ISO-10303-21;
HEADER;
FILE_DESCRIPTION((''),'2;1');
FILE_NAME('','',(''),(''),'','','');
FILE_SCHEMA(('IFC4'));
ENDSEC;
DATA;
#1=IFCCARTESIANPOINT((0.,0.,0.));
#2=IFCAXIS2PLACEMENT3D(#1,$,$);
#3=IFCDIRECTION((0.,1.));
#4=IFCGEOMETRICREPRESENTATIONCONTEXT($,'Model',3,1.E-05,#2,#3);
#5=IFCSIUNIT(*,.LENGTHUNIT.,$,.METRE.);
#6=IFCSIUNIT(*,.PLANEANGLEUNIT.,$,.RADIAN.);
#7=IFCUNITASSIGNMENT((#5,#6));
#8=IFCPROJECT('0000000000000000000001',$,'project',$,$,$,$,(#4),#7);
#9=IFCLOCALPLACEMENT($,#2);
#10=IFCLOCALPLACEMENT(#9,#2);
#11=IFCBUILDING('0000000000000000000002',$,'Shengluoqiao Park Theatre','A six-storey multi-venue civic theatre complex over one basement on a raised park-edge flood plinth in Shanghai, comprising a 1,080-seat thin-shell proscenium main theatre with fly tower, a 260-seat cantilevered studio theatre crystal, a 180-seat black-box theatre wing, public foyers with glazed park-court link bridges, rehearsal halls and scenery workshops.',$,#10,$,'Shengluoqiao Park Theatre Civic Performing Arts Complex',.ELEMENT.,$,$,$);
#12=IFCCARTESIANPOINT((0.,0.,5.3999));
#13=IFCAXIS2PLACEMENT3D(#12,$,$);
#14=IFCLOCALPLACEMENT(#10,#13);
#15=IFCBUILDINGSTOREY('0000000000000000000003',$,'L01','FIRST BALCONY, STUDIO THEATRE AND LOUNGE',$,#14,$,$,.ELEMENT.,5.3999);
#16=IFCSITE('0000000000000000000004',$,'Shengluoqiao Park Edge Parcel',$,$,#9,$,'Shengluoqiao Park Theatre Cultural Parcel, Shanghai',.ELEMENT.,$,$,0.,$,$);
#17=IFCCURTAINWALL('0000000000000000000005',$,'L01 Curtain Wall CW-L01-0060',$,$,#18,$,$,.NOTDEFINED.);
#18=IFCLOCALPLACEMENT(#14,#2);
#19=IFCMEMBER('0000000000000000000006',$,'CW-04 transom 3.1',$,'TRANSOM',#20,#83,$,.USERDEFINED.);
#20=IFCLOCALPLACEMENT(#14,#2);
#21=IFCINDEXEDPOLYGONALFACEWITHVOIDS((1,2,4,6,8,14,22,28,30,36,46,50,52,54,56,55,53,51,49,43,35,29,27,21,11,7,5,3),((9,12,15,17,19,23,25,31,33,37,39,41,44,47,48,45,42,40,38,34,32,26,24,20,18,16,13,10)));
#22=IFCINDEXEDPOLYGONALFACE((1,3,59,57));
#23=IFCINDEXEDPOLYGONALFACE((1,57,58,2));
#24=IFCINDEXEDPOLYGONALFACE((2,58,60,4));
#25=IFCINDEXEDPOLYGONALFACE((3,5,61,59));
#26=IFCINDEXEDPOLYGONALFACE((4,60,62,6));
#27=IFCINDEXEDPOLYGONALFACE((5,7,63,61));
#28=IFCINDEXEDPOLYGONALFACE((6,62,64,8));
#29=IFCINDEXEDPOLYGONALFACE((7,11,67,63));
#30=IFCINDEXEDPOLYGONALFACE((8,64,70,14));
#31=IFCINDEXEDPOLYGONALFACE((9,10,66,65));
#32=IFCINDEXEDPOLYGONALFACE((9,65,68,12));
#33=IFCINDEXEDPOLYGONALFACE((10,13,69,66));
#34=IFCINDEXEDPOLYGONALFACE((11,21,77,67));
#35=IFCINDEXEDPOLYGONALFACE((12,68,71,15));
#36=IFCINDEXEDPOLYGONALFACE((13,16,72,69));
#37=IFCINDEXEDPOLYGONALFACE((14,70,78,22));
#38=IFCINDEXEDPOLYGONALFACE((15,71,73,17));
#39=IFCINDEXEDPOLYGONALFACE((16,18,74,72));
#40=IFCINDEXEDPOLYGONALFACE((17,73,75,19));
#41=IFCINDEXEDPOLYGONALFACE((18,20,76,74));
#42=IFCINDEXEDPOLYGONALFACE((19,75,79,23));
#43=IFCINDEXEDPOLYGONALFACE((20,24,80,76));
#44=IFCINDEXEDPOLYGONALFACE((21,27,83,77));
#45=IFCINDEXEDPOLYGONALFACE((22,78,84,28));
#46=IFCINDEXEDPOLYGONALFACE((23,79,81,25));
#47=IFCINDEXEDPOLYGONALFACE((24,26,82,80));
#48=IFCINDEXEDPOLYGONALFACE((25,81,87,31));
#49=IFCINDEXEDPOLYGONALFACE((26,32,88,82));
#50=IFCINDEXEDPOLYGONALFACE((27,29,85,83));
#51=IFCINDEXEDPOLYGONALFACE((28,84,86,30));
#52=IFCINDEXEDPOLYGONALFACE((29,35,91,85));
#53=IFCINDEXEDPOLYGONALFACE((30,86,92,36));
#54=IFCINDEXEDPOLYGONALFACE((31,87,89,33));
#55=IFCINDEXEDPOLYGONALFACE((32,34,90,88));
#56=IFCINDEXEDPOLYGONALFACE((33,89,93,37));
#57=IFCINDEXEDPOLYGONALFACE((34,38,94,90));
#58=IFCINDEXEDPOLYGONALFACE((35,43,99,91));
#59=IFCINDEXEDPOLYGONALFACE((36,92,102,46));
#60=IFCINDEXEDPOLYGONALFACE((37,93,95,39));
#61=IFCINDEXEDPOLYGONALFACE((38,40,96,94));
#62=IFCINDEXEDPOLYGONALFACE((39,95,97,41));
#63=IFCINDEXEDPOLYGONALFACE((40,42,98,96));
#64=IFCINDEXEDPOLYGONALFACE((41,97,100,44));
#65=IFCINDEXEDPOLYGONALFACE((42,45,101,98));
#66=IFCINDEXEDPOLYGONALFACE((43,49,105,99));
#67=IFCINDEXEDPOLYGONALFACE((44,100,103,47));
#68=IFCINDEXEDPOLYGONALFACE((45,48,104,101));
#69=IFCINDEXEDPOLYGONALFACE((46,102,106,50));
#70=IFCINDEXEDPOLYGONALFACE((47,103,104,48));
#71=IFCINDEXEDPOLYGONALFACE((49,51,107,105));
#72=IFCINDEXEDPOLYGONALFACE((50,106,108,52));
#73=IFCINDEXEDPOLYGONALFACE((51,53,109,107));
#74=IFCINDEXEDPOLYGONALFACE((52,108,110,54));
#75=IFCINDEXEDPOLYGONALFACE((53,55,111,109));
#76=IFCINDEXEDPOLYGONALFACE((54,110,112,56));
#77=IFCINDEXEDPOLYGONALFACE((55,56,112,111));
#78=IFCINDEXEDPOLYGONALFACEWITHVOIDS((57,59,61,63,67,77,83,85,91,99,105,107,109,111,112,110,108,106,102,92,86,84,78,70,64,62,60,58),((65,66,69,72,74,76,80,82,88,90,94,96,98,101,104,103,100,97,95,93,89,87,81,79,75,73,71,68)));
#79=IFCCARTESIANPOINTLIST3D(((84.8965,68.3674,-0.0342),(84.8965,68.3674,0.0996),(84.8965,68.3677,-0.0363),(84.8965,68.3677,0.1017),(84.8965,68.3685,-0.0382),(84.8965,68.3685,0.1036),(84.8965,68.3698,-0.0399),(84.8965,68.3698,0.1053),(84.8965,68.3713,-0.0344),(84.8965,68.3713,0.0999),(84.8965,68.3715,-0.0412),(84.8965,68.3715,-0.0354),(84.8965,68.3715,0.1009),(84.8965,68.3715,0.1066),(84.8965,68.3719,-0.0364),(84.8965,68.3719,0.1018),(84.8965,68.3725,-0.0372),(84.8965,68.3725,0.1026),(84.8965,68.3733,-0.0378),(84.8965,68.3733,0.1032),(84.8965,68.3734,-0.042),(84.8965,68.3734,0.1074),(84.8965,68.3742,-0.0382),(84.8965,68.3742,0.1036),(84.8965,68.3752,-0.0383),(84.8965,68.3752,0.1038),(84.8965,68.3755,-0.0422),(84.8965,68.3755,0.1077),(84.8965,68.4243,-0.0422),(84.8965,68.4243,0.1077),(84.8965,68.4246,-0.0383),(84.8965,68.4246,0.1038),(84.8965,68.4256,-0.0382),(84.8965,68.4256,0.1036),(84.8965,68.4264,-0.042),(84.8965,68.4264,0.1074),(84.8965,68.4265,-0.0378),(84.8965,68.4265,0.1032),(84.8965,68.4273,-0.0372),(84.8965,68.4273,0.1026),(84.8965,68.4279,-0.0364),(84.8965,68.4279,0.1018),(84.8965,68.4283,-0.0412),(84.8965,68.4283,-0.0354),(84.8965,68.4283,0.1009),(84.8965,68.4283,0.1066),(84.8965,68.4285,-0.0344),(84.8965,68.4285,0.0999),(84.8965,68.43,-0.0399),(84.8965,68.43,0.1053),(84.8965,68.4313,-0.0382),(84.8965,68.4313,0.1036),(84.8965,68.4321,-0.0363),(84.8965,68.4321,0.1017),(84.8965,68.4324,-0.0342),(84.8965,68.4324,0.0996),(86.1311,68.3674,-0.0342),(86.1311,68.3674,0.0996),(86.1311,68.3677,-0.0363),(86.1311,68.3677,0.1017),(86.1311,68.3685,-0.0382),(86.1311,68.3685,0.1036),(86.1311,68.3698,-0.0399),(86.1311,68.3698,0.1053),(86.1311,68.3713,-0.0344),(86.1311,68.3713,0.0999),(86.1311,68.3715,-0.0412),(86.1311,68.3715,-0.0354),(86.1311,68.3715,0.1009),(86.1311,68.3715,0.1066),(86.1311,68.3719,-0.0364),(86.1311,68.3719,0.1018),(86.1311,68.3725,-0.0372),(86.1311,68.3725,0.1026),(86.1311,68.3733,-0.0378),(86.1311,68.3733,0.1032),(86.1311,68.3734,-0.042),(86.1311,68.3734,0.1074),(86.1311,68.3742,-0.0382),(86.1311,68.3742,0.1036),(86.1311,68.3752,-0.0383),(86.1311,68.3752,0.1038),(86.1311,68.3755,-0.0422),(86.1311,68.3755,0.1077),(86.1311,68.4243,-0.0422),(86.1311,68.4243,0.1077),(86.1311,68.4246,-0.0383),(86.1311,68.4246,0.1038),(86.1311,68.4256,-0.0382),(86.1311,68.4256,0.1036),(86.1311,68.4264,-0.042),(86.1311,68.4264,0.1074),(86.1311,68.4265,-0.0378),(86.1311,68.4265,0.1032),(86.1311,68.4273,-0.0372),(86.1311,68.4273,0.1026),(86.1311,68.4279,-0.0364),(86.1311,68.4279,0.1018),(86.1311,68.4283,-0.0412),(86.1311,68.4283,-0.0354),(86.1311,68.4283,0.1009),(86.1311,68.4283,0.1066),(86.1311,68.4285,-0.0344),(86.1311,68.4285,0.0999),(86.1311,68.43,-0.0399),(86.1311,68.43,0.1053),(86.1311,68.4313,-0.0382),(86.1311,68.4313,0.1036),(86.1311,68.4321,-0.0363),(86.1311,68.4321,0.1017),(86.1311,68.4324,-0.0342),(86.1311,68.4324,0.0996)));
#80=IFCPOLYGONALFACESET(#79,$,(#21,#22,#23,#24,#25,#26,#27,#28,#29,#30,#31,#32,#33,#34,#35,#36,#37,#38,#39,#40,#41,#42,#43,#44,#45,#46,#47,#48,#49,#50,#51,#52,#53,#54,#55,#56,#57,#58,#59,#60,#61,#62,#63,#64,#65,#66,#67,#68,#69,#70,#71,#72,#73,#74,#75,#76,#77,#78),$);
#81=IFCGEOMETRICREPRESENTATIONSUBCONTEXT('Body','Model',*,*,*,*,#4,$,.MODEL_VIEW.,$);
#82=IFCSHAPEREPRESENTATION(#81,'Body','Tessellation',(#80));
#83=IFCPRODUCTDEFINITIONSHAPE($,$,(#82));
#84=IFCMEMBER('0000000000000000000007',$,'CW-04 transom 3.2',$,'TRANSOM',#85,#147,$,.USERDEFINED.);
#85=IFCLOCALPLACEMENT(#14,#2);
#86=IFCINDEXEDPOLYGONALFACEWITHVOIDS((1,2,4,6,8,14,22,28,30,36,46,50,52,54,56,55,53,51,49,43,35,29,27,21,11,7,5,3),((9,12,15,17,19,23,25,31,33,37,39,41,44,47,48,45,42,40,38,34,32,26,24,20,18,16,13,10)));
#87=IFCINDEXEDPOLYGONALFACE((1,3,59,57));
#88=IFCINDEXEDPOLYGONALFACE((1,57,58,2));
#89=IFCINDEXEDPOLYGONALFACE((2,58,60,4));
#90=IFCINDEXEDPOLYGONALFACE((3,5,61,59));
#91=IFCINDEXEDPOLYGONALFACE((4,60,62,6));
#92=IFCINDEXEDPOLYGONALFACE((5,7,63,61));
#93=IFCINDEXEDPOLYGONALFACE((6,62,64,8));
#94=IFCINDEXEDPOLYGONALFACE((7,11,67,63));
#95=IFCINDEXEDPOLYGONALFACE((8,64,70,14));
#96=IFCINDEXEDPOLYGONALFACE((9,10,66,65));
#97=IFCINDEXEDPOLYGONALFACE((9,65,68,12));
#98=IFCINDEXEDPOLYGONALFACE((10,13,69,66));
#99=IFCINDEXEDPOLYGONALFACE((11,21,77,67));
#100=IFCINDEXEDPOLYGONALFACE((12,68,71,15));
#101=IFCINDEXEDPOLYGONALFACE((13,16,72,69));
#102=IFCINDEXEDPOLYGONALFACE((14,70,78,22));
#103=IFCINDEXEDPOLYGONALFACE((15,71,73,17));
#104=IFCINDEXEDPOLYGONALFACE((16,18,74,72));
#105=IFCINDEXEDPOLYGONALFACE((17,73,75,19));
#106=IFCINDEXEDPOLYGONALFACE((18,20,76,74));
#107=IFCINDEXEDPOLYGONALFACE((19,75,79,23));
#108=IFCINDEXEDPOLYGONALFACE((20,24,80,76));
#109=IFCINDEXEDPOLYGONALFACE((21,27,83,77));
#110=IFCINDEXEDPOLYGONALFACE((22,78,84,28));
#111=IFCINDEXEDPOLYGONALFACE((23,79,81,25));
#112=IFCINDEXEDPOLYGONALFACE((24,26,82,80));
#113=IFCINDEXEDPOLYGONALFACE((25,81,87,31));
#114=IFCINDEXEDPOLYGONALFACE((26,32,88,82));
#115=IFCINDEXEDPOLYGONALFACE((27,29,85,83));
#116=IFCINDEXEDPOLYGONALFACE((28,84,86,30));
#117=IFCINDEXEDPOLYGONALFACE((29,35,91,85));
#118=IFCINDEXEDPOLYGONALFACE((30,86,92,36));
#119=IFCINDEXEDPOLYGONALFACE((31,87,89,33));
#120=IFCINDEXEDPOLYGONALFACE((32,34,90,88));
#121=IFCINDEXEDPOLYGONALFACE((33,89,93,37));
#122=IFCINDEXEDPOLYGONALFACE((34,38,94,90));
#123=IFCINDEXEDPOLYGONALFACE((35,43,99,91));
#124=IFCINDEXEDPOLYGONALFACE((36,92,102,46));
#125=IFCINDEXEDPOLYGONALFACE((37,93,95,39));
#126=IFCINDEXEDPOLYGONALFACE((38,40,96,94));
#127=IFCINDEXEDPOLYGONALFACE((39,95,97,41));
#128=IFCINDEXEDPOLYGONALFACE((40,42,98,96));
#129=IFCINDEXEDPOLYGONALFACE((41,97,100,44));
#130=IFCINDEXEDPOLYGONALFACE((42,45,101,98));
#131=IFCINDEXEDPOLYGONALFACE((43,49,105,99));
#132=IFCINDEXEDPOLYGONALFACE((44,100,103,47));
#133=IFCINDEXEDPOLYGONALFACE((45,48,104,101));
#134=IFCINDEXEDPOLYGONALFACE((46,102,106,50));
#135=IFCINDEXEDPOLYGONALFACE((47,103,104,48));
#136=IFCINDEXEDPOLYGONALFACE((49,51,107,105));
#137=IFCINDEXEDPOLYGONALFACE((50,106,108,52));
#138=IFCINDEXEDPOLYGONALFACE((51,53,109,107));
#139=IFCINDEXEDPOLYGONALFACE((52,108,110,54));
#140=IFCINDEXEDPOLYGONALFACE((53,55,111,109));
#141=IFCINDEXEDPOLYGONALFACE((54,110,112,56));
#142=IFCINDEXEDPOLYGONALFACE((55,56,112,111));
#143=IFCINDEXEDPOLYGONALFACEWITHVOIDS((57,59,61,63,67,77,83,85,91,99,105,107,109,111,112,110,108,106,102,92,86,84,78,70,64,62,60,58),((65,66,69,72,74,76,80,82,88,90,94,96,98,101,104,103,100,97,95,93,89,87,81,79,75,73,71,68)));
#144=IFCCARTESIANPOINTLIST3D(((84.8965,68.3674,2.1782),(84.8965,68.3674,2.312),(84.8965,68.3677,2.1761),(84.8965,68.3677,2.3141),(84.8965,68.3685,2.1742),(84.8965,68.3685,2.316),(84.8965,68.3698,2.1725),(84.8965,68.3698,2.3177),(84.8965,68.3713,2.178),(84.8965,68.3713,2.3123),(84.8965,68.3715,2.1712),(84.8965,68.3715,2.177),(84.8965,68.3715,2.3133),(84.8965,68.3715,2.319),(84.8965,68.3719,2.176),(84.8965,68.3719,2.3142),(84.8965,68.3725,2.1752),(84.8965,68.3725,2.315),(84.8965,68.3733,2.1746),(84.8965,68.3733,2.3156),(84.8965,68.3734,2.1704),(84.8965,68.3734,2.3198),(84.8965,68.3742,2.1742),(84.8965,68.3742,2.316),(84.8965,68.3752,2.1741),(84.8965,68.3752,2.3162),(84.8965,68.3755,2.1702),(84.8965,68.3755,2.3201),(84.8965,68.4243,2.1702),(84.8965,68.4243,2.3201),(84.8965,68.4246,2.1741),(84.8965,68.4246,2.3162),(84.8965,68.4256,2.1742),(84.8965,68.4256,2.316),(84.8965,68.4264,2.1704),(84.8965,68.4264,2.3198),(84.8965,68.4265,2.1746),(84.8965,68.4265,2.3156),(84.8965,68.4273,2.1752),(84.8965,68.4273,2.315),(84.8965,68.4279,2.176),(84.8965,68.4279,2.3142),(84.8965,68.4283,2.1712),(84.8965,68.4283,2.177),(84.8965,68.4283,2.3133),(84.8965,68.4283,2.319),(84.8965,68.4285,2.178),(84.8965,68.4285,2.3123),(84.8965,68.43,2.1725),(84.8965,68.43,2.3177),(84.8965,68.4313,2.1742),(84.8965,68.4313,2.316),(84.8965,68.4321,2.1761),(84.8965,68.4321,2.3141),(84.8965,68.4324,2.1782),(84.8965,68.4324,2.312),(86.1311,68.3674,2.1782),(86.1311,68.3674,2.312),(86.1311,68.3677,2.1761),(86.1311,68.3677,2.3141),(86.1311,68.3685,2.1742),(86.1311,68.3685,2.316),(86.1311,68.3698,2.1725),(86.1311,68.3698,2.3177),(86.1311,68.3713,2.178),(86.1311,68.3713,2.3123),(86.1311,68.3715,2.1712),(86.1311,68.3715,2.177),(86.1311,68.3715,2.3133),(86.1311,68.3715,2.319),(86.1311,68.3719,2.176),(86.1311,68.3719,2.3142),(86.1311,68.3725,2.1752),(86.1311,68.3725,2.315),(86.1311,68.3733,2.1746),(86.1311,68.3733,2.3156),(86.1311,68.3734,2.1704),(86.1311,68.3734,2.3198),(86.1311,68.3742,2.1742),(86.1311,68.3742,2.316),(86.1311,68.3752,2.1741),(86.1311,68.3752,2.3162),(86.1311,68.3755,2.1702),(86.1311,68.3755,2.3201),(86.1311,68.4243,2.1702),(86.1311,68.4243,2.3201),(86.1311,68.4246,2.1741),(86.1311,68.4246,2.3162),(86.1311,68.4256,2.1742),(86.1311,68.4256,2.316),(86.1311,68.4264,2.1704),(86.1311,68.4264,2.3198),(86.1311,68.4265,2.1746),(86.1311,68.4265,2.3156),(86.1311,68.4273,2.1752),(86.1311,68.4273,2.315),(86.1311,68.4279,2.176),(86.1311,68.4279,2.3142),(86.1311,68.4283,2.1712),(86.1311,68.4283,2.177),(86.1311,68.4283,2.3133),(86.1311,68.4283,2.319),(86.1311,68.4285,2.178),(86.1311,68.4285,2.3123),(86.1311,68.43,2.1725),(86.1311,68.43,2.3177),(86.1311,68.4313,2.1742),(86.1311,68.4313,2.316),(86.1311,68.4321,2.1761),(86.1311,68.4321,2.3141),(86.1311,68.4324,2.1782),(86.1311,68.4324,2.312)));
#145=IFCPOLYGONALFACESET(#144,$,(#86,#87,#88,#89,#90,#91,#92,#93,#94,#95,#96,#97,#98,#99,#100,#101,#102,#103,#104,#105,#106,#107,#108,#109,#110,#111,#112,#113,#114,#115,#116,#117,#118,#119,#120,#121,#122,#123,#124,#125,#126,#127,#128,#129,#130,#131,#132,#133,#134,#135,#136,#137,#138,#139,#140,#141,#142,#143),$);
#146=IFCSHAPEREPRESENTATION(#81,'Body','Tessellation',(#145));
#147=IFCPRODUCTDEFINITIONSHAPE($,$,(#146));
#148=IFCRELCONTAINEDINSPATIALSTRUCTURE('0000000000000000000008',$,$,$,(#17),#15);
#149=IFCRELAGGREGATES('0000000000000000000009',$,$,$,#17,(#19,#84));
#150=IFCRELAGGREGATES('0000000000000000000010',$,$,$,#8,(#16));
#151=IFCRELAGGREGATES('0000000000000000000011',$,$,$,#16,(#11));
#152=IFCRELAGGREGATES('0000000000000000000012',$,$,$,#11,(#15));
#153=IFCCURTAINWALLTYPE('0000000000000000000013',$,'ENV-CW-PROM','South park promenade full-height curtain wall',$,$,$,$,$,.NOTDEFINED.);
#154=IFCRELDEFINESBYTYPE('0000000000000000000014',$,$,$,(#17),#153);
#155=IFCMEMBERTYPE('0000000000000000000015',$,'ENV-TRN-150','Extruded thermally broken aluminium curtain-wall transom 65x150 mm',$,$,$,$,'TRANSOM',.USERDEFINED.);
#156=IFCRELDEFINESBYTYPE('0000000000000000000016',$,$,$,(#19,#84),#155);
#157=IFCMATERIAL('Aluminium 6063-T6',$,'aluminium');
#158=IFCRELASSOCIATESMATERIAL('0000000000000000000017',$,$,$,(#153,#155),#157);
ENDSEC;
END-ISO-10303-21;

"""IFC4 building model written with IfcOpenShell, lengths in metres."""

from ifc_helpers import new_model, si_unit, direction, frame, origin, origin_2d, place, context, subcontext, project, spatial, hollow_rectangle, extrude, material, material_profile, profile_set, type_object, element, aggregate, save


model = new_model("IFC4")

# Units and contexts
model_context = context("Model", 3, precision=1e-05, world=origin(), true_north=direction((0.0, 1.0)))
body_context = subcontext(model_context, "Body", "Model", "MODEL_VIEW")
ifc_project = project(units=[si_unit("LENGTHUNIT", "METRE"), si_unit("PLANEANGLEUNIT", "RADIAN")], contexts=[model_context])

# Site, building, storey
site_placement = place(None, origin())
site = spatial("IfcSite", under=ifc_project, at=site_placement, Name="Shengluoqiao Park Edge Parcel", LongName="Shengluoqiao Park Theatre Cultural Parcel, Shanghai", CompositionType="ELEMENT", RefElevation=0.0)
building_placement = place(site_placement, origin())
building = spatial("IfcBuilding", under=site, at=building_placement, Name="Shengluoqiao Park Theatre", Description="A six-storey multi-venue civic theatre complex over one basement on a raised park-edge flood plinth in Shanghai, comprising a 1,080-seat thin-shell proscenium main theatre with fly tower, a 260-seat cantilevered studio theatre crystal, a 180-seat black-box theatre wing, public foyers with glazed park-court link bridges, rehearsal halls and scenery workshops.", LongName="Shengluoqiao Park Theatre Civic Performing Arts Complex", CompositionType="ELEMENT")
storey_placement = place(building_placement, frame((0.0, 0.0, 5.3999)))
storey = spatial("IfcBuildingStorey", under=building, at=storey_placement, Name="L01", Description="FIRST BALCONY, STUDIO THEATRE AND LOUNGE", CompositionType="ELEMENT", Elevation=5.3999)

# Curtain wall
ifc_material_1 = material(Name="Aluminium 6063-T6", Category="aluminium")
curtain_wall_type = type_object("IfcCurtainWallType", Name="ENV-CW-PROM", Description="South park promenade full-height curtain wall", PredefinedType="NOTDEFINED", material=ifc_material_1)
curtain_wall_1_placement = place(storey_placement, origin())
curtain_wall_1 = element("IfcCurtainWall", 1, at=curtain_wall_1_placement, inside=storey, type_object=curtain_wall_type, Name="L01 Curtain Wall CW-L01-0060", PredefinedType="NOTDEFINED")

# Members
ifc_material_profile_1 = material_profile(ifc_material_1, hollow_rectangle(XDim=0.0649, YDim=0.1499, WallThickness=0.0039, InnerFilletRadius=0.0039, OuterFilletRadius=0.0081, at=origin_2d()), Name="ALU TRANSOM 150x65x4")
ifc_profile_set_1 = profile_set([ifc_material_profile_1], Name="Aluminium 6063-T6")
member_type_1 = type_object("IfcMemberType", Name="ENV-TRN-150", Description="Extruded thermally broken aluminium curtain-wall transom 65x150 mm", ElementType="TRANSOM", PredefinedType="USERDEFINED", material=ifc_profile_set_1)
member_1_placement = place(storey_placement, frame((84.8965, 68.3999, 0.0327), z_axis=(1.0, 0.0, 0.0), x_axis=(0.0, 1.0, 0.0)))
member_1 = element("IfcMember", 2, at=member_1_placement, type_object=member_type_1, Name="CW-04 transom 3.1", ObjectType="TRANSOM", PredefinedType="USERDEFINED", context=body_context, shape_type="SweptSolid", body=[
    extrude(hollow_rectangle(XDim=0.0649, YDim=0.1499, WallThickness=0.0039, InnerFilletRadius=0.0039, OuterFilletRadius=0.0081, at=origin_2d()), origin(), (0.0, 0.0, 1.0), 1.2346),
])
member_2_placement = place(storey_placement, frame((84.8965, 68.3999, 2.2451), z_axis=(1.0, 0.0, 0.0), x_axis=(0.0, 1.0, 0.0)))
member_2 = element("IfcMember", 3, at=member_2_placement, type_object=member_type_1, Name="CW-04 transom 3.2", ObjectType="TRANSOM", PredefinedType="USERDEFINED", context=body_context, shape_type="SweptSolid", body=[
    extrude(hollow_rectangle(XDim=0.0649, YDim=0.1499, WallThickness=0.0039, InnerFilletRadius=0.0039, OuterFilletRadius=0.0081, at=origin_2d()), origin(), (0.0, 0.0, 1.0), 1.2346),
])

aggregate(curtain_wall_1, [member_1, member_2])

save(model, "model.ifc")
